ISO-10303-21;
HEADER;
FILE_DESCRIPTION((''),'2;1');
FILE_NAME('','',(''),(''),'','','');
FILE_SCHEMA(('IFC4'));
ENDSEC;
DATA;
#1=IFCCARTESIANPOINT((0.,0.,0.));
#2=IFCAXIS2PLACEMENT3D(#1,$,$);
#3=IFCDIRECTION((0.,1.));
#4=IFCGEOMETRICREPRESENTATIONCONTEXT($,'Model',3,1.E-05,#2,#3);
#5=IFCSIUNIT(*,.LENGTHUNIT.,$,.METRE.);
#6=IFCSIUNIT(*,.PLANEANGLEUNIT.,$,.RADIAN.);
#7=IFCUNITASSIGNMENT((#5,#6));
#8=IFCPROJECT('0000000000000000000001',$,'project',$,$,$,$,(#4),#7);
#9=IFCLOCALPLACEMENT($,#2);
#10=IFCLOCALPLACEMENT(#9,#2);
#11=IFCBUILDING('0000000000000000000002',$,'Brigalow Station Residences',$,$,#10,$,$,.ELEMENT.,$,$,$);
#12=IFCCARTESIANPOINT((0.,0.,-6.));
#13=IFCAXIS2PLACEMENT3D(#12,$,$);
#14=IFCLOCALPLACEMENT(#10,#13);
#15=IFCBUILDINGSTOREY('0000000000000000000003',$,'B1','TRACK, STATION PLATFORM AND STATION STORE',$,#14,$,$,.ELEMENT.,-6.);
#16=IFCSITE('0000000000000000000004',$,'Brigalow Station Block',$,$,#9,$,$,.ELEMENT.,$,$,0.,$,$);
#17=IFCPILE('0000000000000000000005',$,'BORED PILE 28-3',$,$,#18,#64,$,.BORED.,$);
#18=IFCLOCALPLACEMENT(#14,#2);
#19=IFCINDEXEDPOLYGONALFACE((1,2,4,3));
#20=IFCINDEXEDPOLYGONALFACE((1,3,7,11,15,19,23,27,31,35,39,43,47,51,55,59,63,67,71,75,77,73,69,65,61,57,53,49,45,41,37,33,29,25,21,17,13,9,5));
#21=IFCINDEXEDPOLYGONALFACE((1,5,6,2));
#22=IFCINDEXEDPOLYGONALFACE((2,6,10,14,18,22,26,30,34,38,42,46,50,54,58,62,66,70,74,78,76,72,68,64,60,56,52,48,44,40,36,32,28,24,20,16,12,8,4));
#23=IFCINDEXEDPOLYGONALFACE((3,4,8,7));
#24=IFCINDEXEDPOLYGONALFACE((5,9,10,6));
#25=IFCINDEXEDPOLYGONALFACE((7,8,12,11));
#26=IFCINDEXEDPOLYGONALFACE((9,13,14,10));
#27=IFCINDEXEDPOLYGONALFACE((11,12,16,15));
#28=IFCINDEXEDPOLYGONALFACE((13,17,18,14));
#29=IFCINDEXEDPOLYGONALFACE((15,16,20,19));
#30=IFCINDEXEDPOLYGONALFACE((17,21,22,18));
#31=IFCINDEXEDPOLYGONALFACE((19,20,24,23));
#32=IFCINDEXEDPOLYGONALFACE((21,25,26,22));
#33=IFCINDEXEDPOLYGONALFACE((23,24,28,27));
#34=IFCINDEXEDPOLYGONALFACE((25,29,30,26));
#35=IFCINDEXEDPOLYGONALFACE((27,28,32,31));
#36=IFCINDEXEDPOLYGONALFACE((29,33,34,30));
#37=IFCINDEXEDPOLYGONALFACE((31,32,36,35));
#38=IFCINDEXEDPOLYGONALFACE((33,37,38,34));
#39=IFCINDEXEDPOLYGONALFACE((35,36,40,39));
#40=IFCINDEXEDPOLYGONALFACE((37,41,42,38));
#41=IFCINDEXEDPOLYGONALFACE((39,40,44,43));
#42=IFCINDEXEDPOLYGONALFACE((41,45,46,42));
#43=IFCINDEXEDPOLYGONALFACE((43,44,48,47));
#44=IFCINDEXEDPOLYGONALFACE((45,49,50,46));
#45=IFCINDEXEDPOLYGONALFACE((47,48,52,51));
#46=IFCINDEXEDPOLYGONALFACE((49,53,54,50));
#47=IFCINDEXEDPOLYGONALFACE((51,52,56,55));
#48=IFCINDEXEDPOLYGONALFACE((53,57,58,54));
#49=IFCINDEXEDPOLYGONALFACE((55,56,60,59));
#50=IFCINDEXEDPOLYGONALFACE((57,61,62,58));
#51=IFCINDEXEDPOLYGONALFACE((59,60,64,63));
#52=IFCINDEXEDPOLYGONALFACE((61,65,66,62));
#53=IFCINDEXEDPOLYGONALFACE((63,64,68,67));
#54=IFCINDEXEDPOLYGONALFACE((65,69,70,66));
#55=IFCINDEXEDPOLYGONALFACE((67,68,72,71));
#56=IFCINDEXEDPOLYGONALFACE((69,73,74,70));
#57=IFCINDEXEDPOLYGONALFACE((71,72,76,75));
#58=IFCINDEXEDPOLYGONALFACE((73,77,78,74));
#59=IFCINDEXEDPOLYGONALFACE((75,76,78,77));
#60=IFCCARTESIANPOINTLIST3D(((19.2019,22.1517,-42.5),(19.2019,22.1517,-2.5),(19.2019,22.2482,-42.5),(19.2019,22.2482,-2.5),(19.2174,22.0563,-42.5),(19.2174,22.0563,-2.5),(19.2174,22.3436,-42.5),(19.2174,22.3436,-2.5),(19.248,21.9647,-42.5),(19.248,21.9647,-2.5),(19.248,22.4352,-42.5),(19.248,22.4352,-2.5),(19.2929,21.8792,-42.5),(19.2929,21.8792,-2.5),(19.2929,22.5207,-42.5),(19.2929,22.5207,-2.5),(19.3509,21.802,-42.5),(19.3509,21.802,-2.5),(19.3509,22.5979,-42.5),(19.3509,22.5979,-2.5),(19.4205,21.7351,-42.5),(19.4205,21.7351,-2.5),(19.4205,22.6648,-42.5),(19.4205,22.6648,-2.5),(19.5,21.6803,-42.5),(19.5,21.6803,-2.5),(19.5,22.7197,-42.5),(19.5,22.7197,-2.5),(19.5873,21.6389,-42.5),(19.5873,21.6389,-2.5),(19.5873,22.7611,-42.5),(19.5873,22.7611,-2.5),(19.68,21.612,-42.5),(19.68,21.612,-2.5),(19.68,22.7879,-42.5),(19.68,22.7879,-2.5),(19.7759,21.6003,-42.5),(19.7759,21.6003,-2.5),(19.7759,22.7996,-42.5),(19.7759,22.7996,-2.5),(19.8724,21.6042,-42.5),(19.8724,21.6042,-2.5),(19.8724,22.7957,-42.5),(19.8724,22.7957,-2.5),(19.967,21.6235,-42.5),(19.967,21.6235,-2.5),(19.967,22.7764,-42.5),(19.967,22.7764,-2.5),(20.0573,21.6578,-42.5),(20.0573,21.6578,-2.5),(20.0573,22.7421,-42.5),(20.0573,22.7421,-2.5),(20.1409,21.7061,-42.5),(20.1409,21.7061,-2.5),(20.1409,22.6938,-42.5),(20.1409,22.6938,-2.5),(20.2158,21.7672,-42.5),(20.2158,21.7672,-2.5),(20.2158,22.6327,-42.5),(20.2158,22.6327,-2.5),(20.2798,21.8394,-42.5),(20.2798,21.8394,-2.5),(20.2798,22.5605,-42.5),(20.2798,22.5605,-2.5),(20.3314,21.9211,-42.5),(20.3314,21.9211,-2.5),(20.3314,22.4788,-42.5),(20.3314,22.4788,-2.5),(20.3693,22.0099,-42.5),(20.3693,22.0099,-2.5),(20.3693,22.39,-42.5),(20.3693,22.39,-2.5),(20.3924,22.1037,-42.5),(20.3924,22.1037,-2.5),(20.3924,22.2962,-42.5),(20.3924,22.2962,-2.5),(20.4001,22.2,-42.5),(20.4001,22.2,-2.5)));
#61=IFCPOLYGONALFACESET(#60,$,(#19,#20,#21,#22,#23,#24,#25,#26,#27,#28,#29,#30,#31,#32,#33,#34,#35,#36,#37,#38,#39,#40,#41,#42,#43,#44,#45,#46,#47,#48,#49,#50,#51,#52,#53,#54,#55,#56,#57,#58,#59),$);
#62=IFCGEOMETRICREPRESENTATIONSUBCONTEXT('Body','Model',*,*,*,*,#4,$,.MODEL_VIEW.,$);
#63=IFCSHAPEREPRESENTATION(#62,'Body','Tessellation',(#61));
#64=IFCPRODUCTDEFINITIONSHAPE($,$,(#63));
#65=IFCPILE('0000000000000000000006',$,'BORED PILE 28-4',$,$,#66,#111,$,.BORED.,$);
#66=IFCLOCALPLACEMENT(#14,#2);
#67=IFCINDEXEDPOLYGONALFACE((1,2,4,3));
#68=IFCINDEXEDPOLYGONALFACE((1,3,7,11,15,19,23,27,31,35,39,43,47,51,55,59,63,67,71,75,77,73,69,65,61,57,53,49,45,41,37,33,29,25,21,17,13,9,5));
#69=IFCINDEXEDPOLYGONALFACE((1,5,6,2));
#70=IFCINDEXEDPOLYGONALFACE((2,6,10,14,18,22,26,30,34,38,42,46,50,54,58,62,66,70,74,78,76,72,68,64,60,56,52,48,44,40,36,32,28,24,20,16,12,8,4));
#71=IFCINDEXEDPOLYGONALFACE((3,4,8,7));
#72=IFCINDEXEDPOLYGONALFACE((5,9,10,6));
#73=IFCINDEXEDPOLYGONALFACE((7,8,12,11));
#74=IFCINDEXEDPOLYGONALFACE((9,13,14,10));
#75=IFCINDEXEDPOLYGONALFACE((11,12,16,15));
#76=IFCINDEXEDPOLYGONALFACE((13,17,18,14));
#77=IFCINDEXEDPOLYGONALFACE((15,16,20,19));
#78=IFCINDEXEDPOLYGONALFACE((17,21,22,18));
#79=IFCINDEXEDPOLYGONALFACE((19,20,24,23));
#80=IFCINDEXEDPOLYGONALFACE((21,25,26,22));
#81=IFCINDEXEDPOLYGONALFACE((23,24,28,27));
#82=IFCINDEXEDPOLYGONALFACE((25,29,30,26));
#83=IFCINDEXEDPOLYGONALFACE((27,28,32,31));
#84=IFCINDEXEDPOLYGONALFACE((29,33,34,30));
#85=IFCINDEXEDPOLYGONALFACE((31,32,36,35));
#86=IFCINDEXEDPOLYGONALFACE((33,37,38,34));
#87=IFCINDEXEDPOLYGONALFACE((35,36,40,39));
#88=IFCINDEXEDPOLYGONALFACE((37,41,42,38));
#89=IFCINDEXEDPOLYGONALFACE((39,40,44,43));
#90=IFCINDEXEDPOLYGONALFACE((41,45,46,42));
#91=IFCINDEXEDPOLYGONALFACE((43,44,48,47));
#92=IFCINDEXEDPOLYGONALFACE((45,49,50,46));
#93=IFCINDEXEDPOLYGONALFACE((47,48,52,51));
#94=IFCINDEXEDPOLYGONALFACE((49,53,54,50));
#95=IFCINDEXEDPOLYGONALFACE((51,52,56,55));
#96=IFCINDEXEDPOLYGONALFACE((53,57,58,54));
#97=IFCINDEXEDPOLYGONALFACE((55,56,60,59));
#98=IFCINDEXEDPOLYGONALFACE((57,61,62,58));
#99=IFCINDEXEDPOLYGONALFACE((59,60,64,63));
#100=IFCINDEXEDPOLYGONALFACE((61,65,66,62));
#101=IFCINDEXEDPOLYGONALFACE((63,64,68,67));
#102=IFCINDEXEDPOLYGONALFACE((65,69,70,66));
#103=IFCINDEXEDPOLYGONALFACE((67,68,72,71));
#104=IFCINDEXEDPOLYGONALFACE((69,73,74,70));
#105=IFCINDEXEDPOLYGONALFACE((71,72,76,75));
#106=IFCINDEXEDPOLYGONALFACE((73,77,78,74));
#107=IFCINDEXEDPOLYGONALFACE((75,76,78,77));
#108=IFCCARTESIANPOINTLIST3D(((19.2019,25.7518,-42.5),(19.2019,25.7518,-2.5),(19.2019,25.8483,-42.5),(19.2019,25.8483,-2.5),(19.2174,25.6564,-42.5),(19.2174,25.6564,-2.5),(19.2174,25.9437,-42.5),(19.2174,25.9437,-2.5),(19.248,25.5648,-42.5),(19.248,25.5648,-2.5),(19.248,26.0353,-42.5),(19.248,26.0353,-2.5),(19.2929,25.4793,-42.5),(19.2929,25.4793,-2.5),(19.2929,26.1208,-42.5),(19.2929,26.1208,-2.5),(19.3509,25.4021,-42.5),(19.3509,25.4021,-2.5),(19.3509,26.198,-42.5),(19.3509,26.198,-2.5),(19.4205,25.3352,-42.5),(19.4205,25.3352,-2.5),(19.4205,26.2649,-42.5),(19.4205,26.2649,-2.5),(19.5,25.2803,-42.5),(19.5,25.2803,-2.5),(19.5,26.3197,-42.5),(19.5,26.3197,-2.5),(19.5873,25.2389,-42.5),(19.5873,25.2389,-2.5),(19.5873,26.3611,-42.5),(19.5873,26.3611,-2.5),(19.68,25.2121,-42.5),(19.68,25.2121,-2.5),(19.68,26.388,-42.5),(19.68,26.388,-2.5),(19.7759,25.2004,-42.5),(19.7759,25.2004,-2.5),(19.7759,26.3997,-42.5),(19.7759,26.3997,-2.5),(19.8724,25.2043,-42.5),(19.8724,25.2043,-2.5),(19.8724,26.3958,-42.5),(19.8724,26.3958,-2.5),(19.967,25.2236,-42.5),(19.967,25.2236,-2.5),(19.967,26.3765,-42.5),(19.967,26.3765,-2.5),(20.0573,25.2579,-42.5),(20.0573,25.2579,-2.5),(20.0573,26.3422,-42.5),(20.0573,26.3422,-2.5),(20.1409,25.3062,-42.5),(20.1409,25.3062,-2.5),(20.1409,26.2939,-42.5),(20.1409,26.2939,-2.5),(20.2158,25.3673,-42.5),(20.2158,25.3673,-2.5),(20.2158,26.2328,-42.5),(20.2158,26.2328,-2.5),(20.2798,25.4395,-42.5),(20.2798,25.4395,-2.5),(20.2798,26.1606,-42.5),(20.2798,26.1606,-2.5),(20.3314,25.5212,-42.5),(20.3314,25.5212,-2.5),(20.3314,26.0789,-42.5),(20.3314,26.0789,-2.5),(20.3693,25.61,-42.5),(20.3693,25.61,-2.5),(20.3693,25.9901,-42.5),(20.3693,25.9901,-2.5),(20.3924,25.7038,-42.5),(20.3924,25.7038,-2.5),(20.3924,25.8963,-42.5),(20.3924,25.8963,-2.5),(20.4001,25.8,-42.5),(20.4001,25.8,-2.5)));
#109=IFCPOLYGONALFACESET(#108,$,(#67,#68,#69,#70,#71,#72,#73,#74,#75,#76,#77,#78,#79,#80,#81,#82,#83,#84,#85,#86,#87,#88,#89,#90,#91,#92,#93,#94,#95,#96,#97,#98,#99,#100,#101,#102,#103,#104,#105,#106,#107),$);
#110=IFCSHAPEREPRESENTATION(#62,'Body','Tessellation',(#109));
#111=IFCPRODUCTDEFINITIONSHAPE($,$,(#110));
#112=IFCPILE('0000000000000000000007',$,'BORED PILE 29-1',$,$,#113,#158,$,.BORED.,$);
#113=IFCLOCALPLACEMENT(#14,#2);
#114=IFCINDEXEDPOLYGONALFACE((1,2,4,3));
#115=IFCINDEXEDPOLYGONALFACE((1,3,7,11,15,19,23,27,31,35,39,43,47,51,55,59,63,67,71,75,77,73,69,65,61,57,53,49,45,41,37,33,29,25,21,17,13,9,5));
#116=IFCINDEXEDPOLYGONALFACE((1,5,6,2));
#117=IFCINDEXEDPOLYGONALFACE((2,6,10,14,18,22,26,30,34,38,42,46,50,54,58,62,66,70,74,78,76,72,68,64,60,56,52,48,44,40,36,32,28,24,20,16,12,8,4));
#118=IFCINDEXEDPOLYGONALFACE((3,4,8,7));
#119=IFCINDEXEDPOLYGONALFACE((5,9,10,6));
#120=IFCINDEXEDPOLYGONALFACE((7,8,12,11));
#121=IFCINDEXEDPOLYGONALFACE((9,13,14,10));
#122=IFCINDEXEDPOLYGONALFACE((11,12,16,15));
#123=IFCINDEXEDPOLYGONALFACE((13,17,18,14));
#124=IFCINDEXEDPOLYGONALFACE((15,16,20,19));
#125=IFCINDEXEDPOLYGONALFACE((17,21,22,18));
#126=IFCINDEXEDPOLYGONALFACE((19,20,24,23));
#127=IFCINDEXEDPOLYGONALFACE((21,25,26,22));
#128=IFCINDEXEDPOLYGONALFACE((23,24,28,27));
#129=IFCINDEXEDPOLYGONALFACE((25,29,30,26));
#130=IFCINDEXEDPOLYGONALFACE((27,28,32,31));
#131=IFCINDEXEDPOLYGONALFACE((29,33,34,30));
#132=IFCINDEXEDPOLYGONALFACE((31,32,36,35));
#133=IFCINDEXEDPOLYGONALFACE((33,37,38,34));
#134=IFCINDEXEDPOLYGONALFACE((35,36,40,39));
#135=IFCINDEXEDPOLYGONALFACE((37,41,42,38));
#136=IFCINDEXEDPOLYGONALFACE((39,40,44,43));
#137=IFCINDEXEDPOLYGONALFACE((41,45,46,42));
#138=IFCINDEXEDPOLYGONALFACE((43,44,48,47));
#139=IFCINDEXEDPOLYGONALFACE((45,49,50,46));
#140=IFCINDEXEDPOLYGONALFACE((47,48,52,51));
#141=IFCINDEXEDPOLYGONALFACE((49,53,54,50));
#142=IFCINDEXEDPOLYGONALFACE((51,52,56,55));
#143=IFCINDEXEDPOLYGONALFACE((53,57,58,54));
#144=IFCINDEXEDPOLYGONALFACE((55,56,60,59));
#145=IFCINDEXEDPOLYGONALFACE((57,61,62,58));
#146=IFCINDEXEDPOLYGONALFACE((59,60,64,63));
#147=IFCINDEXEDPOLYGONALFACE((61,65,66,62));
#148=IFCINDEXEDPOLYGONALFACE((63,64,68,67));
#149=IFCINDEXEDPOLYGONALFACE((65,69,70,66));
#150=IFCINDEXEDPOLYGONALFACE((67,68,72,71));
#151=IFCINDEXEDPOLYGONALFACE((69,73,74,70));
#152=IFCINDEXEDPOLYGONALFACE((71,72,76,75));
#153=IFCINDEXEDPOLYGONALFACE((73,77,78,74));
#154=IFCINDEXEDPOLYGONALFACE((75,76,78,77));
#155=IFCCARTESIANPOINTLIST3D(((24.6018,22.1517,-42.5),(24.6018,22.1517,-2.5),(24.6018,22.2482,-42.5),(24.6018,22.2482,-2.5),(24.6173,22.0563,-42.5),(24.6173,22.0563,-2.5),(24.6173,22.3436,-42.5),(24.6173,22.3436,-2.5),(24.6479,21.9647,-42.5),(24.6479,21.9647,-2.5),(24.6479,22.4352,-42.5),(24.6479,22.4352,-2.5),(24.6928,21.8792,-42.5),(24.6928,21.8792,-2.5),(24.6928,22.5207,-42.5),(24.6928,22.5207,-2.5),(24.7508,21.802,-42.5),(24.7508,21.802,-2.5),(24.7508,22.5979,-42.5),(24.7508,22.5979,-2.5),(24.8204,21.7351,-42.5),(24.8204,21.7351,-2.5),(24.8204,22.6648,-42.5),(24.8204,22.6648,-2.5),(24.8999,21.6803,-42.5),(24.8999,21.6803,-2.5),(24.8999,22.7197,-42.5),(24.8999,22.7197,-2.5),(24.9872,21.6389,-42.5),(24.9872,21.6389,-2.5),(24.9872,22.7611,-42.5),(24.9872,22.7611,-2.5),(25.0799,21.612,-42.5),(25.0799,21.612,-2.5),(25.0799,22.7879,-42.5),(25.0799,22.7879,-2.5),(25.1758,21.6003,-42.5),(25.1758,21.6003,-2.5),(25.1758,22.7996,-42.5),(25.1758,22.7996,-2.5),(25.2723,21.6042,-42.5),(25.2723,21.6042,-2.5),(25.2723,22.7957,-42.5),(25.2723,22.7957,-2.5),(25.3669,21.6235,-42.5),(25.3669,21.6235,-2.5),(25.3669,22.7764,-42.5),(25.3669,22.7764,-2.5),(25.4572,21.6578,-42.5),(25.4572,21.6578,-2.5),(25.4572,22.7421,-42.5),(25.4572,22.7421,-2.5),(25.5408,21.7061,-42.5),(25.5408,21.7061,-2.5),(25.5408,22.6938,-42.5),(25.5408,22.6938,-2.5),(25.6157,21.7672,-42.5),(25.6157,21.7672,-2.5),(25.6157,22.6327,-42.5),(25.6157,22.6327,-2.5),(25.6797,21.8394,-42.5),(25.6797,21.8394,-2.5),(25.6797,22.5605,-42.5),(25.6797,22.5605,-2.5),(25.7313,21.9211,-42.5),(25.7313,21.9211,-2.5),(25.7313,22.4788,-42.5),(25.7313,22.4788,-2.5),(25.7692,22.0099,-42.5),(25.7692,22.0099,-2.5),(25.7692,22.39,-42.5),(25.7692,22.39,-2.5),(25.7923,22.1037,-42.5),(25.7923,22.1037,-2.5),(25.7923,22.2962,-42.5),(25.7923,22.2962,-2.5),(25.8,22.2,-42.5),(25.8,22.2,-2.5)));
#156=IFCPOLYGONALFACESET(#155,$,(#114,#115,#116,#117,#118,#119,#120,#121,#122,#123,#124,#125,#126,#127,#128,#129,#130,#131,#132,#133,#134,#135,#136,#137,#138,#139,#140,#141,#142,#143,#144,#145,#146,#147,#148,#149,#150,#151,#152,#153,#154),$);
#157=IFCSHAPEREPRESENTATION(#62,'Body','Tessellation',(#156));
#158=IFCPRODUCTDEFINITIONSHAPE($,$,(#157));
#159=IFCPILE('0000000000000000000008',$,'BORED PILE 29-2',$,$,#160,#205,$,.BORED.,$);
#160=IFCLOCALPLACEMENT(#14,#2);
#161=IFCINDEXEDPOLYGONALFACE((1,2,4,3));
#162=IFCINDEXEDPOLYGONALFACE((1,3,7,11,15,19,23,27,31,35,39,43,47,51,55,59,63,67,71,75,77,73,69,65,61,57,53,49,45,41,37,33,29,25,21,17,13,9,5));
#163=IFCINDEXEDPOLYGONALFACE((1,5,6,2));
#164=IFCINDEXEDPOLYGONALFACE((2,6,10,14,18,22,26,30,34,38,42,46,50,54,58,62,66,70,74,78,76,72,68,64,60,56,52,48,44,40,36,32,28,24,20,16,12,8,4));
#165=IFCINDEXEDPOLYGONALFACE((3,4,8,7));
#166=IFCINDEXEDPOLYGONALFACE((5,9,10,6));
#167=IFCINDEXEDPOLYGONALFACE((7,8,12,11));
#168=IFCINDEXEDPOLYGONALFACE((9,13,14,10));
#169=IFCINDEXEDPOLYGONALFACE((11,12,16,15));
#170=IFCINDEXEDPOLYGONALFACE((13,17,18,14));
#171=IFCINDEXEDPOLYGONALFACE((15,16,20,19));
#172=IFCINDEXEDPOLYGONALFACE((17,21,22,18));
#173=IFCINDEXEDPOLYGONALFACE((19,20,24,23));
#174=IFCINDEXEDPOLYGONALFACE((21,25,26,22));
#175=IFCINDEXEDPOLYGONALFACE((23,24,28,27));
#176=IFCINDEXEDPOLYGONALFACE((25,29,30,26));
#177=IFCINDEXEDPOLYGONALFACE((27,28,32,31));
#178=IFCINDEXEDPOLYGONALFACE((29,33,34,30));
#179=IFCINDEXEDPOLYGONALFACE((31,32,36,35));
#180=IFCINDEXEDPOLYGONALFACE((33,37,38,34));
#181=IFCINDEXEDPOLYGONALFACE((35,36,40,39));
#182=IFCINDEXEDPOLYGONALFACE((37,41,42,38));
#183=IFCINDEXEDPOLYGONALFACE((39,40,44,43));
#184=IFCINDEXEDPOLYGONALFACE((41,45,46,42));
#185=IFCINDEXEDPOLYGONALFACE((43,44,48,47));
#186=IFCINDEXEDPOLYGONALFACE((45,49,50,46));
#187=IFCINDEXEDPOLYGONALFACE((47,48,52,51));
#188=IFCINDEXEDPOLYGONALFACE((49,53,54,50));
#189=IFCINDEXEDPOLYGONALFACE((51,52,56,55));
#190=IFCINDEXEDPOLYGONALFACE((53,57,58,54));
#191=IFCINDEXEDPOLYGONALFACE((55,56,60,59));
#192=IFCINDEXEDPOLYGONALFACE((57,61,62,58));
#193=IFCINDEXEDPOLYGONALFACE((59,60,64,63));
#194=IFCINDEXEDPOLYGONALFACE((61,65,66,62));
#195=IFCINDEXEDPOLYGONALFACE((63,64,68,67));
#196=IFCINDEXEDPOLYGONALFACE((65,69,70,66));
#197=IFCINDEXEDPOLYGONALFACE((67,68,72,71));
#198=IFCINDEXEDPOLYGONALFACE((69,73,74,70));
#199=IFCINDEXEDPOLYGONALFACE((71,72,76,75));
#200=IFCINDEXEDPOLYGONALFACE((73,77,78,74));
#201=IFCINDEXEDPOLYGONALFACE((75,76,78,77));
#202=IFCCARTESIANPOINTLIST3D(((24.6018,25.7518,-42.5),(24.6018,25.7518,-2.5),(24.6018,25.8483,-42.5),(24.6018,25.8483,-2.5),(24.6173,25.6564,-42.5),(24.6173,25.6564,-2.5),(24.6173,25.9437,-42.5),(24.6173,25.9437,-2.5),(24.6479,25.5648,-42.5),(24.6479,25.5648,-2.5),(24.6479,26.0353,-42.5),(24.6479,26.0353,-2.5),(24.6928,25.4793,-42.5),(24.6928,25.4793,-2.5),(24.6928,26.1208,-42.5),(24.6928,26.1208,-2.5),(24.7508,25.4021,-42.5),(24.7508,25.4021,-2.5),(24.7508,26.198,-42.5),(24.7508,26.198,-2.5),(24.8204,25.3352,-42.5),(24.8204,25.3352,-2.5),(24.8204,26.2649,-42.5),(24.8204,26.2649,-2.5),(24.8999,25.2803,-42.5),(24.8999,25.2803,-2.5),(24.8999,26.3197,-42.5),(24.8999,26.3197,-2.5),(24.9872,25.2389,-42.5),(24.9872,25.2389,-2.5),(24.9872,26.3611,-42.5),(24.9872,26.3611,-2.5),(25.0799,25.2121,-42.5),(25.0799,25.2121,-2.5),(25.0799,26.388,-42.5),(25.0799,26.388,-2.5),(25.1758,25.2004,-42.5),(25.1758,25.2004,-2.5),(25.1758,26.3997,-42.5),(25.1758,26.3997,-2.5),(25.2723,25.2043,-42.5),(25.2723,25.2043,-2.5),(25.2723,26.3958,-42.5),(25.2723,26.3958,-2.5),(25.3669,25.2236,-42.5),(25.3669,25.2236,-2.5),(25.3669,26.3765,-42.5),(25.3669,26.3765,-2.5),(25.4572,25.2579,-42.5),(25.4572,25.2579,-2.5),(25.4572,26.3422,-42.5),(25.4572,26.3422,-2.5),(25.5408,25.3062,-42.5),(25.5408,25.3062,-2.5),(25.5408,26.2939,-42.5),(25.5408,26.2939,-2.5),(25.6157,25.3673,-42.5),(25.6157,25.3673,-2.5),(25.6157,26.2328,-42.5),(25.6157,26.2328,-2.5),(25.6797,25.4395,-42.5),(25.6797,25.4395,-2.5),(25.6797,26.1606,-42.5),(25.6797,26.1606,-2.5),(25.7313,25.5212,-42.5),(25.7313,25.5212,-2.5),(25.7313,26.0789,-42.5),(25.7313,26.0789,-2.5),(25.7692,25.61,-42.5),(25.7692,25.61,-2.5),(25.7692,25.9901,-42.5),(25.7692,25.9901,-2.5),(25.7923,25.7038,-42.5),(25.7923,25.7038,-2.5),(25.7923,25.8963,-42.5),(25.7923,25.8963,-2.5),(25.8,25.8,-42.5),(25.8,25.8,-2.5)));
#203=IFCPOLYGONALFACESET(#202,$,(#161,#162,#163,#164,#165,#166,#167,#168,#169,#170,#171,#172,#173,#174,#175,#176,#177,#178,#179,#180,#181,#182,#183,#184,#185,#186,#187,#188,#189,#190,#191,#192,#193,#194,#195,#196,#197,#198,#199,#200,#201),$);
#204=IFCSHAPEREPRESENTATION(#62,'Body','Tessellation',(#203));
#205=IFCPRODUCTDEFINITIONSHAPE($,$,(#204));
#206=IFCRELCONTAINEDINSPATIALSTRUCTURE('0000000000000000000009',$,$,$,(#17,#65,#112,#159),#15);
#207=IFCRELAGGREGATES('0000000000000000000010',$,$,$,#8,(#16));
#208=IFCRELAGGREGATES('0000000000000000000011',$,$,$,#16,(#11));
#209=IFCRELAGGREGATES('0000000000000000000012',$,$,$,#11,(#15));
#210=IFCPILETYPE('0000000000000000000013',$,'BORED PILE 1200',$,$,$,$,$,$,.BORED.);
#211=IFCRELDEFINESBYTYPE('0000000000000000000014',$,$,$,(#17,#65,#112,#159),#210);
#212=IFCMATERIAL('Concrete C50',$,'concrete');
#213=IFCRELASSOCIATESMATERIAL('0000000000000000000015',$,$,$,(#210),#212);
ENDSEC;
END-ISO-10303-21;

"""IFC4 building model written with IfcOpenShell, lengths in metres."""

from ifc_helpers import new_model, si_unit, direction, frame, origin, origin_2d, place, context, subcontext, project, spatial, circle, extrude, material, material_profile, profile_set, type_object, element, save


model = new_model("IFC4")

# Units and contexts
model_context = context("Model", 3, precision=1e-05, world=origin(), true_north=direction((0.0, 1.0)))
body_context = subcontext(model_context, "Body", "Model", "MODEL_VIEW")
ifc_project = project(units=[si_unit("LENGTHUNIT", "METRE"), si_unit("PLANEANGLEUNIT", "RADIAN")], contexts=[model_context])

# Site, building, storey
site_placement = place(None, origin())
site = spatial("IfcSite", under=ifc_project, at=site_placement, Name="Brigalow Station Block", CompositionType="ELEMENT", RefElevation=0.0)
building_placement = place(site_placement, origin())
building = spatial("IfcBuilding", under=site, at=building_placement, Name="Brigalow Station Residences", CompositionType="ELEMENT")
storey_placement = place(building_placement, frame((0.0, 0.0, -6.0)))
storey = spatial("IfcBuildingStorey", under=building, at=storey_placement, Name="B1", Description="TRACK, STATION PLATFORM AND STATION STORE", CompositionType="ELEMENT", Elevation=-6.0)

# Piles
ifc_material_1 = material(Name="Concrete C50", Category="concrete")
ifc_material_profile_1 = material_profile(ifc_material_1, circle(Radius=0.6001, at=origin_2d()), Name="BP1200")
ifc_profile_set_1 = profile_set([ifc_material_profile_1], Name="Concrete C50")
pile_type_1 = type_object("IfcPileType", Name="BORED PILE 1200", PredefinedType="BORED", material=ifc_profile_set_1)
for number, where, z_axis, x_axis, name in (
    (1, (19.8, 22.2, -2.5), (0.0, 0.0, -1.0), (1.0, 0.0, 0.0), "BORED PILE 28-3"),
    (2, (19.8, 25.8, -2.5), (0.0, 0.0, -1.0), (1.0, 0.0, 0.0), "BORED PILE 28-4"),
    (3, (25.2, 22.2, -2.5), (0.0, 0.0, -1.0), (1.0, 0.0, 0.0), "BORED PILE 29-1"),
    (4, (25.2, 25.8, -2.5), (0.0, 0.0, -1.0), (1.0, 0.0, 0.0), "BORED PILE 29-2"),
):
    element("IfcPile", number, at=place(storey_placement, frame(where, z_axis=z_axis, x_axis=x_axis)), inside=storey, type_object=pile_type_1, Name=name, PredefinedType="BORED", context=body_context, shape_type="SweptSolid", body=[
        extrude(circle(Radius=0.6001, at=origin_2d()), origin(), (0.0, 0.0, 1.0), 40.0),
    ])

save(model, "model.ifc")
